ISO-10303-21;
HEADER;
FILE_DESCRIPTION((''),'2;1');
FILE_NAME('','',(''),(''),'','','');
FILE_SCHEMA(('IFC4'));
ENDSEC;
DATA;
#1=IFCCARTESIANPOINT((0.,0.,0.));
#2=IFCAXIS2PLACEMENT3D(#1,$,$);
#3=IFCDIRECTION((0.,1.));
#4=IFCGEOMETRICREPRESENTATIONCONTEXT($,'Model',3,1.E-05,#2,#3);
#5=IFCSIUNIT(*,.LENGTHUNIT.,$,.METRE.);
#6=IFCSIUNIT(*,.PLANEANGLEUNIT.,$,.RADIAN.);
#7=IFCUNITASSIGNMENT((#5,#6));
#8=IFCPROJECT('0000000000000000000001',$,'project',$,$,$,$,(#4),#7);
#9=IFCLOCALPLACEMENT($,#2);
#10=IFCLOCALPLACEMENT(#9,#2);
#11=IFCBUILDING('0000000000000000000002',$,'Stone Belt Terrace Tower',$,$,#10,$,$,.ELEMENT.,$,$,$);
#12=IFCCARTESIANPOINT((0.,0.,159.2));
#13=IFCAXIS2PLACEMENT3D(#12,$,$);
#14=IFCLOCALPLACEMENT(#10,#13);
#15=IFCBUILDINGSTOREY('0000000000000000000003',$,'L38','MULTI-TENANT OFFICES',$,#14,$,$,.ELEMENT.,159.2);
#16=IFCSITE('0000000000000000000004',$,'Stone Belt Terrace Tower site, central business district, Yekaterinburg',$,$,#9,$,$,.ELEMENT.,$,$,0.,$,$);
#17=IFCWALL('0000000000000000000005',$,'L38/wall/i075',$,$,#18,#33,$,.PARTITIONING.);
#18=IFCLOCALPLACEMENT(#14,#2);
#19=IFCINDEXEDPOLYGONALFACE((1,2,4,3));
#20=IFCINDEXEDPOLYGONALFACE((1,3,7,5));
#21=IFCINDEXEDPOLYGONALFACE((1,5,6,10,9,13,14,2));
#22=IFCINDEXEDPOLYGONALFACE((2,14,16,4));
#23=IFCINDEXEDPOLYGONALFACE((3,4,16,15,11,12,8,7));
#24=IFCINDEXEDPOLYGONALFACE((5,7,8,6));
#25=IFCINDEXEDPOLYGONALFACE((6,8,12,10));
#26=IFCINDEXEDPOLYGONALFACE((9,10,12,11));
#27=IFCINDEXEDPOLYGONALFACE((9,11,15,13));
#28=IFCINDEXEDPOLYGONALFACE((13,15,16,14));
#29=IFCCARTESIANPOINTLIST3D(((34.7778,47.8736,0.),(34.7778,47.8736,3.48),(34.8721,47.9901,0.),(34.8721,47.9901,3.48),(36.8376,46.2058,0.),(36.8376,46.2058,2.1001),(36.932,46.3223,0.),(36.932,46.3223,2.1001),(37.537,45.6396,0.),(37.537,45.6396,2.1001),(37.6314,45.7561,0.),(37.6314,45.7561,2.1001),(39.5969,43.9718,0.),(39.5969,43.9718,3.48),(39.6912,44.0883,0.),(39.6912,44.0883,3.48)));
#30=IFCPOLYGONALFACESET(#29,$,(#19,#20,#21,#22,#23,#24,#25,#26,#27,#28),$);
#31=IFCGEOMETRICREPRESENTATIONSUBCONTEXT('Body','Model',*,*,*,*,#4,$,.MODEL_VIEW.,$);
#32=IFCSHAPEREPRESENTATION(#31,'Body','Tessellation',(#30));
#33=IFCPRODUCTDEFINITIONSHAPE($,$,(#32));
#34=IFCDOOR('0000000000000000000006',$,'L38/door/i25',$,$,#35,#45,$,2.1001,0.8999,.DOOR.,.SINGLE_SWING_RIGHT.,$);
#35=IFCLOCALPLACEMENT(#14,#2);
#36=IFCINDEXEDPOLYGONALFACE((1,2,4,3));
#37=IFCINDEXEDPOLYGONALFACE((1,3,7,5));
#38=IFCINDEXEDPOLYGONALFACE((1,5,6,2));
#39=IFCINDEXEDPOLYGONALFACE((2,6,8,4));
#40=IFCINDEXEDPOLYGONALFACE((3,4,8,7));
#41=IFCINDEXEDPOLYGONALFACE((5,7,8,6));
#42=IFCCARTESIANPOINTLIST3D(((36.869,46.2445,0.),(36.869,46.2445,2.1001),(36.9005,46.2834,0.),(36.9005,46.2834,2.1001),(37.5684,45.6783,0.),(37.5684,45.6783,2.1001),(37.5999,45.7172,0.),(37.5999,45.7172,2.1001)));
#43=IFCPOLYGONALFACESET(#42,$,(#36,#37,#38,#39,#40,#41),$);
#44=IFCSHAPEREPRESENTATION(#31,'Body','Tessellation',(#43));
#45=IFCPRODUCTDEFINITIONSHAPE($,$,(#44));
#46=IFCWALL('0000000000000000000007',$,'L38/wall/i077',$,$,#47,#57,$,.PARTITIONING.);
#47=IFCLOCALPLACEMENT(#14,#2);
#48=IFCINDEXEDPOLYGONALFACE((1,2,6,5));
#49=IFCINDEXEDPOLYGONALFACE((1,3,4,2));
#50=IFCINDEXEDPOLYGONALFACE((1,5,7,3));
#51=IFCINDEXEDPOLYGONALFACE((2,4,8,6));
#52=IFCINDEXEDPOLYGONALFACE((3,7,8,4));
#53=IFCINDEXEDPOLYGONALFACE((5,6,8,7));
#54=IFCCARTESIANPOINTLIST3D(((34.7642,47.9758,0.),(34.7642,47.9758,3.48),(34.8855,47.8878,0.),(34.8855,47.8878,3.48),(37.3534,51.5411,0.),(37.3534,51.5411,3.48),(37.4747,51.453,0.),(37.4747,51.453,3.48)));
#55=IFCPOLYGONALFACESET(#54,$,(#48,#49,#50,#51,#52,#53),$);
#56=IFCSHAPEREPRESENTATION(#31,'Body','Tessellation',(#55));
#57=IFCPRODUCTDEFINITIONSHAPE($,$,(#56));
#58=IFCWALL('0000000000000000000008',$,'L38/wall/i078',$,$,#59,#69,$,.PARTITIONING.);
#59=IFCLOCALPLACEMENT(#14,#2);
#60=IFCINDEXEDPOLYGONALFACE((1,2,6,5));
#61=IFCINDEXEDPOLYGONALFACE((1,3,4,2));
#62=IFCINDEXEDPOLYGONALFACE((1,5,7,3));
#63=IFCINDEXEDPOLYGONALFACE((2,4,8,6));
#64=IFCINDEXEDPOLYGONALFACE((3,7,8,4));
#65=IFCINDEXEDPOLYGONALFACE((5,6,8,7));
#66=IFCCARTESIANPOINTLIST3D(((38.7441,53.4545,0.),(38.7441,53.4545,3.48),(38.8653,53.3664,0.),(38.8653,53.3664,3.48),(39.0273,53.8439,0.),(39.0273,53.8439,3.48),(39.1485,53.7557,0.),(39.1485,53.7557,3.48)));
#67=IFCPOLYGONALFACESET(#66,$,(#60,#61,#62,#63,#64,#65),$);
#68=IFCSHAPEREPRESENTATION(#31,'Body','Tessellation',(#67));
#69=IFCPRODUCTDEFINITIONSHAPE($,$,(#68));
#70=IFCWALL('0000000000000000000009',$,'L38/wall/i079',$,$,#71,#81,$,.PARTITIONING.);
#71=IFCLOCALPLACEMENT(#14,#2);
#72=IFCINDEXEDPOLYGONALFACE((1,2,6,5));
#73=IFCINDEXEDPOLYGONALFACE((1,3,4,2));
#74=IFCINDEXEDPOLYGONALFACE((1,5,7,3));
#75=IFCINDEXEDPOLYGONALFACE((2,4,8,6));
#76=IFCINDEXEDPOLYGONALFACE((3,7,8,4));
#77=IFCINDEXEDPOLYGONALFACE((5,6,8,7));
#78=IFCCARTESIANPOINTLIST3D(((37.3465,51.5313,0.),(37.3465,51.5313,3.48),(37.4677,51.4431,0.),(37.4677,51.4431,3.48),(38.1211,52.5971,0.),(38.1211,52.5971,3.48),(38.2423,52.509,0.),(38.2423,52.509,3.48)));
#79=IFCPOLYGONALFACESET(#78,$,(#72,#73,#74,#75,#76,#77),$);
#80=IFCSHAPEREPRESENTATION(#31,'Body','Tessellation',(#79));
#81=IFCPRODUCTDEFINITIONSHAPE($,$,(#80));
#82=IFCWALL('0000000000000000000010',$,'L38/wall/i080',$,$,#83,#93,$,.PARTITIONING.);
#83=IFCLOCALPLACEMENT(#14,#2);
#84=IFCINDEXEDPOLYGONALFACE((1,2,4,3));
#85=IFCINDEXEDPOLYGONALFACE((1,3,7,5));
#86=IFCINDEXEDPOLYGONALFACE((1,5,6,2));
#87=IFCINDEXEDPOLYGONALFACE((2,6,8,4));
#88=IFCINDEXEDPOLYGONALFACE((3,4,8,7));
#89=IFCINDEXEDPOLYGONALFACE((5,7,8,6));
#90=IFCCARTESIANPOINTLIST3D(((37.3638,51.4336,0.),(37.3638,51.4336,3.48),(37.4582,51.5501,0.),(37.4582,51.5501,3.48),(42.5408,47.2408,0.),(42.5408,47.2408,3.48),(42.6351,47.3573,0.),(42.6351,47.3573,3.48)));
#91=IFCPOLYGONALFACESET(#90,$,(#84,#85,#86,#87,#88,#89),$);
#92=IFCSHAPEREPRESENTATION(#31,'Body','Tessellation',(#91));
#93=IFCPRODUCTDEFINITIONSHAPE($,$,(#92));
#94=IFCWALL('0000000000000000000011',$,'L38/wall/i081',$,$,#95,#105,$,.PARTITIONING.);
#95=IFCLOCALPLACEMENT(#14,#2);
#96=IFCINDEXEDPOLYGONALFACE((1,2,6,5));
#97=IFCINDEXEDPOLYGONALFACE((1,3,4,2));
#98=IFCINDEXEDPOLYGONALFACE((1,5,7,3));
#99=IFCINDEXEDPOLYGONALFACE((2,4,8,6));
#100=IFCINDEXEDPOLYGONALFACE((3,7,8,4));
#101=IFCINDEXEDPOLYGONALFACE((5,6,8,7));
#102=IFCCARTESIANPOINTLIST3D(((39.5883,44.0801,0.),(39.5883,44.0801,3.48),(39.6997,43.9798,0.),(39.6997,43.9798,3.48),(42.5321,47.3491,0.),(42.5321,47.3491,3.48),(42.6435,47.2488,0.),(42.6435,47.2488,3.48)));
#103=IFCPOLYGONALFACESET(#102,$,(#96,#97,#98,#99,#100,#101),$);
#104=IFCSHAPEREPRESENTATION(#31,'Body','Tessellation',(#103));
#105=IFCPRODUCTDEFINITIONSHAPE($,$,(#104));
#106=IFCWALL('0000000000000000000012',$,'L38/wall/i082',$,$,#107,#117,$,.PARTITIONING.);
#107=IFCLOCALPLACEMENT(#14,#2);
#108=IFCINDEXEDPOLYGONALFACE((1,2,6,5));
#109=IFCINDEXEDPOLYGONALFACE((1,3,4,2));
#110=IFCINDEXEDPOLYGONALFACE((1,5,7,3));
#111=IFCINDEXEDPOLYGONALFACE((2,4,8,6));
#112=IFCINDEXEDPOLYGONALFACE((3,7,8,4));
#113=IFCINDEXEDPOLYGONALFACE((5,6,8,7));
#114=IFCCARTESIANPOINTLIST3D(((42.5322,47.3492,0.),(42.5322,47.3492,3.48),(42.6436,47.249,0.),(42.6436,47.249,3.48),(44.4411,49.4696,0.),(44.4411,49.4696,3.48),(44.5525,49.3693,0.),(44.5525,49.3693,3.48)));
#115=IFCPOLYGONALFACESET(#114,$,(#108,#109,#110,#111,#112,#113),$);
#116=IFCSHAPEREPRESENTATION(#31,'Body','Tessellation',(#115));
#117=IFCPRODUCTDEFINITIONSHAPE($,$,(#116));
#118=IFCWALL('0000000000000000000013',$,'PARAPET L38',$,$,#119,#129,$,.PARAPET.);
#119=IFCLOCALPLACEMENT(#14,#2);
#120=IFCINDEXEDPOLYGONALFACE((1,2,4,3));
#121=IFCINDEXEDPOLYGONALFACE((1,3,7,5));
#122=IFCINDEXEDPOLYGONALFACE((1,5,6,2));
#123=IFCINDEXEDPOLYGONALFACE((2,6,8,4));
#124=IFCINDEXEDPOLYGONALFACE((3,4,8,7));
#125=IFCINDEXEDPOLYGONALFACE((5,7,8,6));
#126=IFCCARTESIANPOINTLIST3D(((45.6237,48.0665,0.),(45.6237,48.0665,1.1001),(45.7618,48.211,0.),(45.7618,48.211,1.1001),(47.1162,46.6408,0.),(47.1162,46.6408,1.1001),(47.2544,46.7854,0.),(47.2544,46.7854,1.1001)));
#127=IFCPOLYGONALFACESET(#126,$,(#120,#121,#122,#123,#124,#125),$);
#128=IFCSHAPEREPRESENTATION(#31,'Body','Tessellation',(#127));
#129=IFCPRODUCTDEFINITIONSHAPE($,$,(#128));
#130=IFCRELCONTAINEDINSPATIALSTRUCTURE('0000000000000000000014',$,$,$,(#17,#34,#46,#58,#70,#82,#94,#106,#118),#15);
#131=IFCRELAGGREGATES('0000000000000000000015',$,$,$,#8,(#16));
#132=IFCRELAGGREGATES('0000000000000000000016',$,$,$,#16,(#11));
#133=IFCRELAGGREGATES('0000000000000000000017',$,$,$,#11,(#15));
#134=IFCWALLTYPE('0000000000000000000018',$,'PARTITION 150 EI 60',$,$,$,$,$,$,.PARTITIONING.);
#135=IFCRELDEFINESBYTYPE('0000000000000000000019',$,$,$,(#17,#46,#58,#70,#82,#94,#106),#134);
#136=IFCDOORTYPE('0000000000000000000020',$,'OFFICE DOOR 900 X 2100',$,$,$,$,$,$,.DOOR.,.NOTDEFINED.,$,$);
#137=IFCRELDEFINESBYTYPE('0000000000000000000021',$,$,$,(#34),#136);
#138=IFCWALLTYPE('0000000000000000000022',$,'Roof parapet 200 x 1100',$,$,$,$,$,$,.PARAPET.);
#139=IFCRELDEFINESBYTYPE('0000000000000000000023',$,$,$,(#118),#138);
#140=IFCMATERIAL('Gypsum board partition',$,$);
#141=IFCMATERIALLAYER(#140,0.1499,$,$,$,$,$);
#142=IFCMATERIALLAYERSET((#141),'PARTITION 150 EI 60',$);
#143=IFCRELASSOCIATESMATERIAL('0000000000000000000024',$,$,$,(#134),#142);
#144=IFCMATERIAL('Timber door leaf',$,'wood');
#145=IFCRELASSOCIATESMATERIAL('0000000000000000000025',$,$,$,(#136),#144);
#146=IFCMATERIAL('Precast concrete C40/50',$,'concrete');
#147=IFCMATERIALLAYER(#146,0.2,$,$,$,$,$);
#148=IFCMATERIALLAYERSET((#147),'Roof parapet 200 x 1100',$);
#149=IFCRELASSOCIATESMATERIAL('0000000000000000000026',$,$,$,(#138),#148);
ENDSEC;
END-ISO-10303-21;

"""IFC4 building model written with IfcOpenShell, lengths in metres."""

from ifc_helpers import new_model, si_unit, direction, frame, frame_2d, origin, place, context, subcontext, project, spatial, rectangle, extrude, material, layer, layer_set, type_object, element, fill, save


model = new_model("IFC4")

# Units and contexts
model_context = context("Model", 3, precision=1e-05, world=origin(), true_north=direction((0.0, 1.0)))
body_context = subcontext(model_context, "Body", "Model", "MODEL_VIEW")
ifc_project = project(units=[si_unit("LENGTHUNIT", "METRE"), si_unit("PLANEANGLEUNIT", "RADIAN")], contexts=[model_context])

# Site, building, storey
site_placement = place(None, origin())
site = spatial("IfcSite", under=ifc_project, at=site_placement, Name="Stone Belt Terrace Tower site, central business district, Yekaterinburg", CompositionType="ELEMENT", RefElevation=0.0)
building_placement = place(site_placement, origin())
building = spatial("IfcBuilding", under=site, at=building_placement, Name="Stone Belt Terrace Tower", CompositionType="ELEMENT")
storey_placement = place(building_placement, frame((0.0, 0.0, 159.2)))
storey = spatial("IfcBuildingStorey", under=building, at=storey_placement, Name="L38", Description="MULTI-TENANT OFFICES", CompositionType="ELEMENT", Elevation=159.2)

# Shared definitions
ifc_material_1 = material(Name="Gypsum board partition")
ifc_layer_1 = layer(ifc_material_1, 0.1499)
ifc_layer_set_1 = layer_set([ifc_layer_1], Name="PARTITION 150 EI 60")
wall_type_1 = type_object("IfcWallType", Name="PARTITION 150 EI 60", PredefinedType="PARTITIONING", material=ifc_layer_set_1)

# Wall, opening, door
wall_1_placement = place(storey_placement, frame((34.825, 47.9319, 0.0), z_axis=(0.0, 0.0, 1.0), x_axis=(0.777191, -0.629265, 0.0)))
wall_1 = element("IfcWall", 1, at=wall_1_placement, inside=storey, type_object=wall_type_1, Name="L38/wall/i075", PredefinedType="PARTITIONING", context=body_context, shape_type="SweptSolid", body=[
    extrude(rectangle(XDim=6.2007, YDim=0.1499, at=frame_2d((3.1003, 0.0))), origin(), (0.0, 0.0, 1.0), 3.48),
])
opening_placement = place(wall_1_placement, frame((2.6504, 0.0, 0.0)))
opening = element("IfcOpeningElement", 2, at=opening_placement, cuts=wall_1, PredefinedType="OPENING", context=body_context, shape_type="SweptSolid", body=[
    extrude(rectangle(XDim=0.8999, YDim=2.1001, at=frame_2d((0.45, 1.05))), frame((0.0, 0.085, 0.0), z_axis=(0.0, -1.0, 0.0), x_axis=(1.0, 0.0, 0.0)), (0.0, 0.0, 1.0), 0.1699),
])
ifc_material_2 = material(Name="Timber door leaf", Category="wood")
door_type = type_object("IfcDoorType", Name="OFFICE DOOR 900 X 2100", OperationType="NOTDEFINED", PredefinedType="DOOR", material=ifc_material_2)
door_placement = place(opening_placement, origin())
door = element("IfcDoor", 3, at=door_placement, inside=storey, type_object=door_type, Name="L38/door/i25", OperationType="SINGLE_SWING_RIGHT", OverallHeight=2.1001, OverallWidth=0.8999, PredefinedType="DOOR", context=body_context, shape_type="SweptSolid", body=[
    extrude(rectangle(XDim=0.8999, YDim=2.1001, at=frame_2d((0.45, 1.05))), frame((0.0, 0.0249, 0.0), z_axis=(0.0, -1.0, 0.0), x_axis=(1.0, 0.0, 0.0)), (0.0, 0.0, 1.0), 0.05),
])
fill(opening, door)

# Walls
wall_2_placement = place(storey_placement, frame((37.4141, 51.4971, 0.0), z_axis=(0.0, 0.0, 1.0), x_axis=(-0.587615, -0.809141, 0.0)))
element("IfcWall", 4, at=wall_2_placement, inside=storey, type_object=wall_type_1, Name="L38/wall/i077", PredefinedType="PARTITIONING", context=body_context, shape_type="SweptSolid", body=[
    extrude(rectangle(XDim=4.4062, YDim=0.1499, at=frame_2d((2.2031, 0.0))), origin(), (0.0, 0.0, 1.0), 3.48),
])
wall_3_placement = place(storey_placement, frame((39.0879, 53.7998, 0.0), z_axis=(0.0, 0.0, 1.0), x_axis=(-0.588172, -0.808736, 0.0)))
element("IfcWall", 5, at=wall_3_placement, inside=storey, type_object=wall_type_1, Name="L38/wall/i078", PredefinedType="PARTITIONING", context=body_context, shape_type="SweptSolid", body=[
    extrude(rectangle(XDim=0.4814, YDim=0.1499, at=frame_2d((0.2407, 0.0))), origin(), (0.0, 0.0, 1.0), 3.48),
])
wall_4_placement = place(storey_placement, frame((38.1816, 52.553, 0.0), z_axis=(0.0, 0.0, 1.0), x_axis=(-0.587896, -0.808936, 0.0)))
element("IfcWall", 6, at=wall_4_placement, inside=storey, type_object=wall_type_1, Name="L38/wall/i079", PredefinedType="PARTITIONING", context=body_context, shape_type="SweptSolid", body=[
    extrude(rectangle(XDim=1.3176, YDim=0.1499, at=frame_2d((0.6587, 0.0))), origin(), (0.0, 0.0, 1.0), 3.48),
])
wall_5_placement = place(storey_placement, frame((37.4109, 51.4919, 0.0), z_axis=(0.0, 0.0, 1.0), x_axis=(0.777101, -0.629376, 0.0)))
element("IfcWall", 7, at=wall_5_placement, inside=storey, type_object=wall_type_1, Name="L38/wall/i080", PredefinedType="PARTITIONING", context=body_context, shape_type="SweptSolid", body=[
    extrude(rectangle(XDim=6.6619, YDim=0.1499, at=frame_2d((3.3311, 0.0))), origin(), (0.0, 0.0, 1.0), 3.48),
])
wall_6_placement = place(storey_placement, frame((42.5879, 47.2991, 0.0), z_axis=(0.0, 0.0, 1.0), x_axis=(-0.669179, -0.743101, 0.0)))
element("IfcWall", 8, at=wall_6_placement, inside=storey, type_object=wall_type_1, Name="L38/wall/i081", PredefinedType="PARTITIONING", context=body_context, shape_type="SweptSolid", body=[
    extrude(rectangle(XDim=4.3992, YDim=0.1499, at=frame_2d((2.1997, 0.0))), origin(), (0.0, 0.0, 1.0), 3.48),
])
wall_7_placement = place(storey_placement, frame((44.4968, 49.4194, 0.0), z_axis=(0.0, 0.0, 1.0), x_axis=(-0.669083, -0.743188, 0.0)))
element("IfcWall", 9, at=wall_7_placement, inside=storey, type_object=wall_type_1, Name="L38/wall/i082", PredefinedType="PARTITIONING", context=body_context, shape_type="SweptSolid", body=[
    extrude(rectangle(XDim=2.853, YDim=0.1499, at=frame_2d((1.4265, 0.0))), origin(), (0.0, 0.0, 1.0), 3.48),
])
ifc_material_3 = material(Name="Precast concrete C40/50", Category="concrete")
ifc_layer_2 = layer(ifc_material_3, 0.2)
ifc_layer_set_2 = layer_set([ifc_layer_2], Name="Roof parapet 200 x 1100")
wall_type_2 = type_object("IfcWallType", Name="Roof parapet 200 x 1100", PredefinedType="PARAPET", material=ifc_layer_set_2)
wall_8_placement = place(storey_placement, frame((47.1853, 46.7131, 0.0), z_axis=(0.0, 0.0, 1.0), x_axis=(-0.723127, 0.690715, 0.0)))
element("IfcWall", 10, at=wall_8_placement, inside=storey, type_object=wall_type_2, Name="PARAPET L38", PredefinedType="PARAPET", context=body_context, shape_type="SweptSolid", body=[
    extrude(rectangle(XDim=2.064, YDim=0.2, at=frame_2d((1.032, 0.0))), origin(), (0.0, 0.0, 1.0), 1.1001),
])

save(model, "model.ifc")
